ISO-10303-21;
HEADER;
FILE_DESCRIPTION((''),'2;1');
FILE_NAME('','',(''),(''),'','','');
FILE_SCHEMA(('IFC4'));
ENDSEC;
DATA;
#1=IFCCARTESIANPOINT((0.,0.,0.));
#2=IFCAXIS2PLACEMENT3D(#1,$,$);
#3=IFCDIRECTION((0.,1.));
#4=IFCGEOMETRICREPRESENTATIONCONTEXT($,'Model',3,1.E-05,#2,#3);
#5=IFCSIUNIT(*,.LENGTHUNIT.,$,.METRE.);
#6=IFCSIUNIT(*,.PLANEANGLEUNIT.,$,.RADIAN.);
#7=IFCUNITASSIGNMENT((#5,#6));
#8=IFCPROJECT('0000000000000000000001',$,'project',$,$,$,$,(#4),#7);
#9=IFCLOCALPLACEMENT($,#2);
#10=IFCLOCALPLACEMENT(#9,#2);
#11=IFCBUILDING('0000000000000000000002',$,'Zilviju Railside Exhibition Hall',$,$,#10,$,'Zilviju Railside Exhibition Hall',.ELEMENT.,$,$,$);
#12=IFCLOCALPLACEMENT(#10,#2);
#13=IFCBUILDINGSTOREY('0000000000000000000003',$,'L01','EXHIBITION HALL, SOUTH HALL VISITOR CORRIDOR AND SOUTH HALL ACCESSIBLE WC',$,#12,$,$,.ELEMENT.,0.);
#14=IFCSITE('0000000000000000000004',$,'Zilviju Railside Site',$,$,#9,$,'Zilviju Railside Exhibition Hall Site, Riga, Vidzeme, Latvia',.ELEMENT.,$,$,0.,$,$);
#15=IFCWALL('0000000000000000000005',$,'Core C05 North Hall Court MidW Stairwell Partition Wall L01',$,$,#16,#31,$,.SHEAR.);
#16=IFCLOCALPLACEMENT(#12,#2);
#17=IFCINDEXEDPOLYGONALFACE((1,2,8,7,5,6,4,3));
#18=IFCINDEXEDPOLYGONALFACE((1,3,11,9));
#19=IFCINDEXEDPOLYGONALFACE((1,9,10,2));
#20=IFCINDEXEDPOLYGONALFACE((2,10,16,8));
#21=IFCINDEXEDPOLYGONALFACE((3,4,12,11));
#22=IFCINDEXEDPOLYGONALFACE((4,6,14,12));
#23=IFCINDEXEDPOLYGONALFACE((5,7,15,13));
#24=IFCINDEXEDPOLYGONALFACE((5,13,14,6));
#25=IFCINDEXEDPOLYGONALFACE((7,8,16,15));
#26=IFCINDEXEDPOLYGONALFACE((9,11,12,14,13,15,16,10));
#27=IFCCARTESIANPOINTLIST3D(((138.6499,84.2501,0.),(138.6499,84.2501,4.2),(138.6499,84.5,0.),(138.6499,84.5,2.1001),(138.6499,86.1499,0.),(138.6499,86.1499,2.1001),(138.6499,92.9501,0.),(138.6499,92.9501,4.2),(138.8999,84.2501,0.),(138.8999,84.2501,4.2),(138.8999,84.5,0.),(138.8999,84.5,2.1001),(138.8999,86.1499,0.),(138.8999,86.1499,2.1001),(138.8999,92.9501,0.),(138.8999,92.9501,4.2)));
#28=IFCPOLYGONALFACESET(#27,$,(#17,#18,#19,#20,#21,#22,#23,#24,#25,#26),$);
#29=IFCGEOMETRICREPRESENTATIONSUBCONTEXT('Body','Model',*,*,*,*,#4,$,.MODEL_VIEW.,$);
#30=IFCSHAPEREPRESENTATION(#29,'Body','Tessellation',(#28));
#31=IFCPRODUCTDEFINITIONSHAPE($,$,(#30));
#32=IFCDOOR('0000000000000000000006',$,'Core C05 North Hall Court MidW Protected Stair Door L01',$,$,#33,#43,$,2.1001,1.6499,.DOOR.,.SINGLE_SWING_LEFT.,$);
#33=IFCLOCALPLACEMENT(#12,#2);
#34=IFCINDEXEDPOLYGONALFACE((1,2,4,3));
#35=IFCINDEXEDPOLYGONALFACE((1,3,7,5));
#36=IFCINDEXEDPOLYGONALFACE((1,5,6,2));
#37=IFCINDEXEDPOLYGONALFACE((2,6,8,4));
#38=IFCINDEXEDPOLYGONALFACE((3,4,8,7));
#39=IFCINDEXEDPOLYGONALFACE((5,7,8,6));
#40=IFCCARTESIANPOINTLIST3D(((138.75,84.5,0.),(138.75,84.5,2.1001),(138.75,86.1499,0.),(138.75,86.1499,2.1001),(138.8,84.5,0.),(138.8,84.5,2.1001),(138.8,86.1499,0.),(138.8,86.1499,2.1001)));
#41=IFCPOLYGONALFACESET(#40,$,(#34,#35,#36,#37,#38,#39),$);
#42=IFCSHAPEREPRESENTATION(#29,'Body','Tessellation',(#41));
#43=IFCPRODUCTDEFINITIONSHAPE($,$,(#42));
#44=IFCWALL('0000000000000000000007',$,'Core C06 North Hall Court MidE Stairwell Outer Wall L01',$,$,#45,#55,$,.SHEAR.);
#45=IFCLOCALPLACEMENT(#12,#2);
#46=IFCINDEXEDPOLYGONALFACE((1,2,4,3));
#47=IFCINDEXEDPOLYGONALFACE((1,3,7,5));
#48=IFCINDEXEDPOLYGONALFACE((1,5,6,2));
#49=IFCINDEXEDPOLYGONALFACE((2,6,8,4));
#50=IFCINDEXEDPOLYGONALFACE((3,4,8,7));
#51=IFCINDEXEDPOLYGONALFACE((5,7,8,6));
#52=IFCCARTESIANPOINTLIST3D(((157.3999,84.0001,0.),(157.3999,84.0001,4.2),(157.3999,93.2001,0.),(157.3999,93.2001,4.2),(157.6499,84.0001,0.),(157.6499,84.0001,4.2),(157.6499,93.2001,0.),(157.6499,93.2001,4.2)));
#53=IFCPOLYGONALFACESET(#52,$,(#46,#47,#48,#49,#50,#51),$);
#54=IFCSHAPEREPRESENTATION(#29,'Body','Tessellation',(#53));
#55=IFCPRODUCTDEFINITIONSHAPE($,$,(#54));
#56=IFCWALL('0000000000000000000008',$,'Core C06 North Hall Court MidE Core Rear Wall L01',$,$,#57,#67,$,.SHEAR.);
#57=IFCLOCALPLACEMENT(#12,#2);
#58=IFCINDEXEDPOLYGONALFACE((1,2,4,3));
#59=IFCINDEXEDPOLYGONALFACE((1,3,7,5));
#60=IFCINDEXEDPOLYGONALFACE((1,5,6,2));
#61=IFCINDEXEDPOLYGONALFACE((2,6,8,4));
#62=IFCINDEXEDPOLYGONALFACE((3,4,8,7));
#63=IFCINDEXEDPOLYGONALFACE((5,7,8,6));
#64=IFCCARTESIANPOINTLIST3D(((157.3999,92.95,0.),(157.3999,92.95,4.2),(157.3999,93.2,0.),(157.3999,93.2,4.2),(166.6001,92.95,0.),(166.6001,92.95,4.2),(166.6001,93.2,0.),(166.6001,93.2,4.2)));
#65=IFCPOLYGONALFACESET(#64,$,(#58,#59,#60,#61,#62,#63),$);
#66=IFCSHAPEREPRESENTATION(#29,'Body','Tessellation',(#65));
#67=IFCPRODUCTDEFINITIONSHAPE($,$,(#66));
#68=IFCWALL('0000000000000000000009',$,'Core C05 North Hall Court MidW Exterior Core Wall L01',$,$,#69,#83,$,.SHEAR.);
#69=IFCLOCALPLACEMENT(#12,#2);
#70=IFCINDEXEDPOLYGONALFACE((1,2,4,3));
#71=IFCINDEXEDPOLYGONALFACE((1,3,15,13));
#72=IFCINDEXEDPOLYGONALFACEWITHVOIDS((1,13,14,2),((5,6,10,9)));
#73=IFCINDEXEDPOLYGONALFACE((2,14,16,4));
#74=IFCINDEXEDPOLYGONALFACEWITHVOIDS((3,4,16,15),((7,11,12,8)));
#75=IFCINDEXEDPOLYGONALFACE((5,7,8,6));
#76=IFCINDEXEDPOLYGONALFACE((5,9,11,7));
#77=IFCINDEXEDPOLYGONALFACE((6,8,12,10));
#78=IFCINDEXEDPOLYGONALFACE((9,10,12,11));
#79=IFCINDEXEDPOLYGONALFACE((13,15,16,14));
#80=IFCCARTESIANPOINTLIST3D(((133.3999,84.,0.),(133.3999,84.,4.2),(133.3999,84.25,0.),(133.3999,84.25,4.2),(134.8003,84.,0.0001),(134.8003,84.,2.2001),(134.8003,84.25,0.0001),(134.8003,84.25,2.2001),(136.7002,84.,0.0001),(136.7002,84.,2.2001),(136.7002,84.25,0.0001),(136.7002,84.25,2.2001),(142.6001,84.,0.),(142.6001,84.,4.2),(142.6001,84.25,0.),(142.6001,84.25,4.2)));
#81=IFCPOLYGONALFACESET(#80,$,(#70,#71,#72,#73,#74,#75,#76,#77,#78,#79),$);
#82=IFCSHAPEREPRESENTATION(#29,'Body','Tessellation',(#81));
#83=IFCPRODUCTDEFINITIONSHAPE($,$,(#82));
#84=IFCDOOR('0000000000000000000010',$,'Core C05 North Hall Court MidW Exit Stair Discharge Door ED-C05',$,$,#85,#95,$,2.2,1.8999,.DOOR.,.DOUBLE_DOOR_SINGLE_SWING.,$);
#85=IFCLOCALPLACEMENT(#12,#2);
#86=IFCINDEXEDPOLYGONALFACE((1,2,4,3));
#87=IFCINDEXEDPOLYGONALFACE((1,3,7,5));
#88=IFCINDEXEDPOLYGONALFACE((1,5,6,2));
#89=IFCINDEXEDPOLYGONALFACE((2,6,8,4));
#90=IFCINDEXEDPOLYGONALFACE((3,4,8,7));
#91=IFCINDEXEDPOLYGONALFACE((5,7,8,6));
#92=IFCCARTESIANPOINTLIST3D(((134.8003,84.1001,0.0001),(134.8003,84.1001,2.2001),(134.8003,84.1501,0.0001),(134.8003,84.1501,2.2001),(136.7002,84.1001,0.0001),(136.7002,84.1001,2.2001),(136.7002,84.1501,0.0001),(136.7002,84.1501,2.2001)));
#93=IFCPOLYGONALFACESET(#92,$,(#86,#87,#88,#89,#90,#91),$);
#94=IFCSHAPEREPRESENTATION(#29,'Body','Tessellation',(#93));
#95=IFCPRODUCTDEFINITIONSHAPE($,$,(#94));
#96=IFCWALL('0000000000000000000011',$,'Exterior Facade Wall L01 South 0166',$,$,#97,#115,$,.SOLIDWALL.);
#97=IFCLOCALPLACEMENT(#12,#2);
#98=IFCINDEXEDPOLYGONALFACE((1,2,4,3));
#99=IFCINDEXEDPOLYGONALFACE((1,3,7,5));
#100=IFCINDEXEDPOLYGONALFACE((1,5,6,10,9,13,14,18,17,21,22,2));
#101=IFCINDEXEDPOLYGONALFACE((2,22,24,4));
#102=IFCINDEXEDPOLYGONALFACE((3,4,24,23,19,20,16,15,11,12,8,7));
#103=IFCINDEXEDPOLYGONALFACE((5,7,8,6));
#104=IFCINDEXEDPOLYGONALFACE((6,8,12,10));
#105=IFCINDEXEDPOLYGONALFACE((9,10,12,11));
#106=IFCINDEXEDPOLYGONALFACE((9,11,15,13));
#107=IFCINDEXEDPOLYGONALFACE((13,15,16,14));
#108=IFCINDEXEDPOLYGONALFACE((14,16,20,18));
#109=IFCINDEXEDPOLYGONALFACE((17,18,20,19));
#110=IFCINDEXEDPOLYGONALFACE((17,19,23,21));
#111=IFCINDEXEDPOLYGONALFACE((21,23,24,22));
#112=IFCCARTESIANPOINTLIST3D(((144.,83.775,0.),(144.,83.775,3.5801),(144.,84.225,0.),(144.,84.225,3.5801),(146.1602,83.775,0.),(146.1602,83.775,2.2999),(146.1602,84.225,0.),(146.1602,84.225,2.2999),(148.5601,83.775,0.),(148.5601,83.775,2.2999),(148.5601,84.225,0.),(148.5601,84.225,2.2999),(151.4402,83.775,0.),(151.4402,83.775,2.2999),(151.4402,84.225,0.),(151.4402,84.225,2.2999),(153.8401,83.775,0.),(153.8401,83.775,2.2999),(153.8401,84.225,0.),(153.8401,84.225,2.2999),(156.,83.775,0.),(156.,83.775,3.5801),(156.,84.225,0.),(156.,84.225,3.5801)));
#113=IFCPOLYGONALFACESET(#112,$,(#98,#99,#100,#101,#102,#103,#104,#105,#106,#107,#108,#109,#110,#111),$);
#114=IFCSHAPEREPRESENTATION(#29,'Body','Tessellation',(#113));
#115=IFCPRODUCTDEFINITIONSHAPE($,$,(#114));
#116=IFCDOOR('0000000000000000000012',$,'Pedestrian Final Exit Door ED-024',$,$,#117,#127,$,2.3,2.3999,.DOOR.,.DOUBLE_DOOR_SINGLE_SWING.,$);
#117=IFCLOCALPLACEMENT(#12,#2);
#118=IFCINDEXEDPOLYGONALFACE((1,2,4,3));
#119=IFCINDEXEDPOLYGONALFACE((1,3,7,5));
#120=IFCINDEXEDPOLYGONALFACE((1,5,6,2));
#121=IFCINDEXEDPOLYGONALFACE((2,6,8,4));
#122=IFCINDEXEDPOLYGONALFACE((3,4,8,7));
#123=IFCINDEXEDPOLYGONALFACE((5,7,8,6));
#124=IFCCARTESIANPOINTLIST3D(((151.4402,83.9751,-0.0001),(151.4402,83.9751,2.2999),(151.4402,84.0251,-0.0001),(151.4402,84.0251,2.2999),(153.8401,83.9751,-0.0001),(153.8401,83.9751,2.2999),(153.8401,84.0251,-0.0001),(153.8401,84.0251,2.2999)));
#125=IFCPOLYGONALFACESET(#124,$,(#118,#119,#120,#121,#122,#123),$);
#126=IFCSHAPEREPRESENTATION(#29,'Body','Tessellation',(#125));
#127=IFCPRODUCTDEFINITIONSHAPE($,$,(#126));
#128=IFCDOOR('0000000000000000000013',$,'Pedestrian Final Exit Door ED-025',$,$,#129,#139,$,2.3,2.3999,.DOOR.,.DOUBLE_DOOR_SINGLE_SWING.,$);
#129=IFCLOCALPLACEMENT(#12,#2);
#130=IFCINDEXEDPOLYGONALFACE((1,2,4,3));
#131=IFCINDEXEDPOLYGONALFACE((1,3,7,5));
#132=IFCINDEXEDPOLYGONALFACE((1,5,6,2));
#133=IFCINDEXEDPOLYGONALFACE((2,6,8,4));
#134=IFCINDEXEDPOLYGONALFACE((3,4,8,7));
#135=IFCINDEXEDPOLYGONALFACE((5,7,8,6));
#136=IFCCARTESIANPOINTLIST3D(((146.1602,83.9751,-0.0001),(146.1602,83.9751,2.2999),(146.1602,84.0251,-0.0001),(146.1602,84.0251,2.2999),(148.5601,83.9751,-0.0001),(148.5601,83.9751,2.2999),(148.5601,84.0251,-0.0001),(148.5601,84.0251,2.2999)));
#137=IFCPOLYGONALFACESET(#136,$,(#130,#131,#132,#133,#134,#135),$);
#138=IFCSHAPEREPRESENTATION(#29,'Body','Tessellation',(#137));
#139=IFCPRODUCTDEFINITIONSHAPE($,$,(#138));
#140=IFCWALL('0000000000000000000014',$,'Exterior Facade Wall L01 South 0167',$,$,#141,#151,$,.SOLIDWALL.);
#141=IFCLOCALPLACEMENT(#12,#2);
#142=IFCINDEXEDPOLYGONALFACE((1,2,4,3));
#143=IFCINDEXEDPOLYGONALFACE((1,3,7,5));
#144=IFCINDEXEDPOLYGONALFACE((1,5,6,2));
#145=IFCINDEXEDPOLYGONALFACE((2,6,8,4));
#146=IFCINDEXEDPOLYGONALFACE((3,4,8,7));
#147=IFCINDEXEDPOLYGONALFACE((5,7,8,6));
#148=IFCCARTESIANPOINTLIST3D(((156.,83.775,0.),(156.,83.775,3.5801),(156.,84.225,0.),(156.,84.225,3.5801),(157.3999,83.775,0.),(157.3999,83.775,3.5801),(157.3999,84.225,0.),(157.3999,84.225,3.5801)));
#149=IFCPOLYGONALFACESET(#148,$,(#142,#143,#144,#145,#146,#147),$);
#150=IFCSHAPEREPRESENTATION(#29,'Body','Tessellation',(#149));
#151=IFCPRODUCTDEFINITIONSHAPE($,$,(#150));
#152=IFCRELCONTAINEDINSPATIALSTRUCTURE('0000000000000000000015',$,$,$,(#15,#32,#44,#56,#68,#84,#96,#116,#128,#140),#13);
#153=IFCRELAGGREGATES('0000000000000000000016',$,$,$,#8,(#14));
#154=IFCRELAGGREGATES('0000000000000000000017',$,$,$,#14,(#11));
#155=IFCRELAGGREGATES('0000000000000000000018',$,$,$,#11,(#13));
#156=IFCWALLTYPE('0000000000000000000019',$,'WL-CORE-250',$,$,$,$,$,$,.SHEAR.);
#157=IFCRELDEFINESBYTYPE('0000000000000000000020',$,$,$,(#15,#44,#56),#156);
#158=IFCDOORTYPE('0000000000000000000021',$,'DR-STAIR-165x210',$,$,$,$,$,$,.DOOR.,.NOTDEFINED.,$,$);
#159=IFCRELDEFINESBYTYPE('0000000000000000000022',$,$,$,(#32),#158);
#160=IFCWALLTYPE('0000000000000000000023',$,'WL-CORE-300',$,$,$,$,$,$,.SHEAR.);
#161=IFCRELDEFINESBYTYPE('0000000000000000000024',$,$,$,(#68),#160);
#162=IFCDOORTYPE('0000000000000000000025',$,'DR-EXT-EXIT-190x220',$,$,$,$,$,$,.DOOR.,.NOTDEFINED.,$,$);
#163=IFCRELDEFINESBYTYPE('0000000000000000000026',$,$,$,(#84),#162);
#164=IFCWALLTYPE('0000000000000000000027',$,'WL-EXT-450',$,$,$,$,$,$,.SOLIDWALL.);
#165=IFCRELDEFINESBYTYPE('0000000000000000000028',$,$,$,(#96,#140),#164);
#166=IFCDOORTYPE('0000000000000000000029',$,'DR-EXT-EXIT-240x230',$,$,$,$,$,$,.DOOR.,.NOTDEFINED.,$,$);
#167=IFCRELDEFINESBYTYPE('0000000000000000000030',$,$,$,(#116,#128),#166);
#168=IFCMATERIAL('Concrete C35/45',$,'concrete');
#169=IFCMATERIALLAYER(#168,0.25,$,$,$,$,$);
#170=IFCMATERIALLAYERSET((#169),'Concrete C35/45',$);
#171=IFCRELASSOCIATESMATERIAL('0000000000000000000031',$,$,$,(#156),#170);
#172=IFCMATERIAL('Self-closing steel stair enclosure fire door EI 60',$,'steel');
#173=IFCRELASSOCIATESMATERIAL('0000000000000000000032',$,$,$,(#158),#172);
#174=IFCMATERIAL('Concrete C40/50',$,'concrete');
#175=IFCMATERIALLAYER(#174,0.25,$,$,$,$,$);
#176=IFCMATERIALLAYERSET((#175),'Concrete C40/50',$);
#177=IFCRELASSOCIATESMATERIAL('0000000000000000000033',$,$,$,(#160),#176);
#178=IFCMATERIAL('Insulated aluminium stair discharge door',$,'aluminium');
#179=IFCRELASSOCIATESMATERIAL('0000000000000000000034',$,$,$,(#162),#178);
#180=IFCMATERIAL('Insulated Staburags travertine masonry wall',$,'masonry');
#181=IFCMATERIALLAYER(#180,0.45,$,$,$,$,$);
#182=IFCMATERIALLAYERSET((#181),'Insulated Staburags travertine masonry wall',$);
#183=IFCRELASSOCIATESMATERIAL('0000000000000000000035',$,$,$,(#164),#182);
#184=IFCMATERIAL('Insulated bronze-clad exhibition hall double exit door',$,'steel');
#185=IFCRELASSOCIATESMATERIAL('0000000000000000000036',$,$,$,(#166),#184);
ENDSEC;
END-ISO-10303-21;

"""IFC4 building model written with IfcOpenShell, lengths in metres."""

from ifc_helpers import new_model, si_unit, direction, frame, frame_2d, origin, place, context, subcontext, project, spatial, rectangle, extrude, material, layer, layer_set, type_object, element, fill, save


model = new_model("IFC4")

# Units and contexts
model_context = context("Model", 3, precision=1e-05, world=origin(), true_north=direction((0.0, 1.0)))
body_context = subcontext(model_context, "Body", "Model", "MODEL_VIEW")
ifc_project = project(units=[si_unit("LENGTHUNIT", "METRE"), si_unit("PLANEANGLEUNIT", "RADIAN")], contexts=[model_context])

# Site, building, storey
site_placement = place(None, origin())
site = spatial("IfcSite", under=ifc_project, at=site_placement, Name="Zilviju Railside Site", LongName="Zilviju Railside Exhibition Hall Site, Riga, Vidzeme, Latvia", CompositionType="ELEMENT", RefElevation=0.0)
building_placement = place(site_placement, origin())
building = spatial("IfcBuilding", under=site, at=building_placement, Name="Zilviju Railside Exhibition Hall", LongName="Zilviju Railside Exhibition Hall", CompositionType="ELEMENT")
storey_placement = place(building_placement, origin())
storey = spatial("IfcBuildingStorey", under=building, at=storey_placement, Name="L01", Description="EXHIBITION HALL, SOUTH HALL VISITOR CORRIDOR AND SOUTH HALL ACCESSIBLE WC", CompositionType="ELEMENT", Elevation=0.0)

# Shared definitions
ifc_material_1 = material(Name="Concrete C35/45", Category="concrete")

# Wall, opening, door
ifc_layer_1 = layer(ifc_material_1, 0.25)
ifc_layer_set_1 = layer_set([ifc_layer_1], Name="Concrete C35/45")
wall_type_1 = type_object("IfcWallType", Name="WL-CORE-250", PredefinedType="SHEAR", material=ifc_layer_set_1)
wall_1_placement = place(storey_placement, frame((138.7749, 84.25, 0.0), z_axis=(0.0, 0.0, 1.0), x_axis=(0.0, 1.0, 0.0)))
wall_1 = element("IfcWall", 1, at=wall_1_placement, inside=storey, type_object=wall_type_1, Name="Core C05 North Hall Court MidW Stairwell Partition Wall L01", PredefinedType="SHEAR", context=body_context, shape_type="SweptSolid", body=[
    extrude(rectangle(XDim=8.7, YDim=0.25, at=frame_2d((4.3501, 0.0))), origin(), (0.0, 0.0, 1.0), 4.2),
])
opening_1_placement = place(wall_1_placement, frame((0.25, 0.0, 0.0)))
opening_1 = element("IfcOpeningElement", 2, at=opening_1_placement, cuts=wall_1, PredefinedType="OPENING", context=body_context, shape_type="SweptSolid", body=[
    extrude(rectangle(XDim=1.6499, YDim=2.1001, at=frame_2d((0.825, 1.05))), frame((0.0, 0.135, 0.0), z_axis=(0.0, -1.0, 0.0), x_axis=(1.0, 0.0, 0.0)), (0.0, 0.0, 1.0), 0.27),
])
ifc_material_2 = material(Name="Self-closing steel stair enclosure fire door EI 60", Category="steel")
door_type_1 = type_object("IfcDoorType", Name="DR-STAIR-165x210", OperationType="NOTDEFINED", PredefinedType="DOOR", material=ifc_material_2)
door_1_placement = place(opening_1_placement, origin())
door_1 = element("IfcDoor", 3, at=door_1_placement, inside=storey, type_object=door_type_1, Name="Core C05 North Hall Court MidW Protected Stair Door L01", OperationType="SINGLE_SWING_LEFT", OverallHeight=2.1001, OverallWidth=1.6499, PredefinedType="DOOR", context=body_context, shape_type="SweptSolid", body=[
    extrude(rectangle(XDim=1.6499, YDim=2.1001, at=frame_2d((0.825, 1.05))), frame((0.0, 0.0249, 0.0), z_axis=(0.0, -1.0, 0.0), x_axis=(1.0, 0.0, 0.0)), (0.0, 0.0, 1.0), 0.05),
])
fill(opening_1, door_1)

# Walls
wall_2_placement = place(storey_placement, frame((157.5249, 84.0, 0.0), z_axis=(0.0, 0.0, 1.0), x_axis=(0.0, 1.0, 0.0)))
element("IfcWall", 4, at=wall_2_placement, inside=storey, type_object=wall_type_1, Name="Core C06 North Hall Court MidE Stairwell Outer Wall L01", PredefinedType="SHEAR", context=body_context, shape_type="SweptSolid", body=[
    extrude(rectangle(XDim=9.2, YDim=0.25, at=frame_2d((4.6001, 0.0))), origin(), (0.0, 0.0, 1.0), 4.2),
])
wall_3_placement = place(storey_placement, frame((157.3999, 93.075, 0.0), z_axis=(0.0, 0.0, 1.0), x_axis=(1.0, 0.0, 0.0)))
element("IfcWall", 5, at=wall_3_placement, inside=storey, type_object=wall_type_1, Name="Core C06 North Hall Court MidE Core Rear Wall L01", PredefinedType="SHEAR", context=body_context, shape_type="SweptSolid", body=[
    extrude(rectangle(XDim=9.2002, YDim=0.25, at=frame_2d((4.6001, 0.0))), origin(), (0.0, 0.0, 1.0), 4.2),
])

# Wall, opening, door
ifc_material_3 = material(Name="Concrete C40/50", Category="concrete")
ifc_layer_2 = layer(ifc_material_3, 0.25)
ifc_layer_set_2 = layer_set([ifc_layer_2], Name="Concrete C40/50")
wall_type_2 = type_object("IfcWallType", Name="WL-CORE-300", PredefinedType="SHEAR", material=ifc_layer_set_2)
wall_4_placement = place(storey_placement, frame((142.6001, 84.125, 0.0), z_axis=(0.0, 0.0, 1.0), x_axis=(-1.0, 0.0, 0.0)))
wall_4 = element("IfcWall", 6, at=wall_4_placement, inside=storey, type_object=wall_type_2, Name="Core C05 North Hall Court MidW Exterior Core Wall L01", PredefinedType="SHEAR", context=body_context, shape_type="SweptSolid", body=[
    extrude(rectangle(XDim=9.2002, YDim=0.25, at=frame_2d((4.6001, 0.0))), origin(), (0.0, 0.0, 1.0), 4.2),
])
opening_2_placement = place(wall_4_placement, frame((5.8999, 0.0, 0.0)))
opening_2 = element("IfcOpeningElement", 7, at=opening_2_placement, cuts=wall_4, PredefinedType="OPENING", context=body_context, shape_type="SweptSolid", body=[
    extrude(rectangle(XDim=1.8999, YDim=2.2, at=frame_2d((0.95, 1.1001))), frame((0.0, 0.135, 0.0), z_axis=(0.0, -1.0, 0.0), x_axis=(1.0, 0.0, 0.0)), (0.0, 0.0, 1.0), 0.27),
])
ifc_material_4 = material(Name="Insulated aluminium stair discharge door", Category="aluminium")
door_type_2 = type_object("IfcDoorType", Name="DR-EXT-EXIT-190x220", OperationType="NOTDEFINED", PredefinedType="DOOR", material=ifc_material_4)
door_2_placement = place(opening_2_placement, origin())
door_2 = element("IfcDoor", 8, at=door_2_placement, inside=storey, type_object=door_type_2, Name="Core C05 North Hall Court MidW Exit Stair Discharge Door ED-C05", OperationType="DOUBLE_DOOR_SINGLE_SWING", OverallHeight=2.2, OverallWidth=1.8999, PredefinedType="DOOR", context=body_context, shape_type="SweptSolid", body=[
    extrude(rectangle(XDim=1.8999, YDim=2.2, at=frame_2d((0.95, 1.1001))), frame((0.0, 0.0249, 0.0), z_axis=(0.0, -1.0, 0.0), x_axis=(1.0, 0.0, 0.0)), (0.0, 0.0, 1.0), 0.05),
])
fill(opening_2, door_2)

# Wall, openings, doors
ifc_material_5 = material(Name="Insulated Staburags travertine masonry wall", Category="masonry")
ifc_layer_3 = layer(ifc_material_5, 0.45)
ifc_layer_set_3 = layer_set([ifc_layer_3], Name="Insulated Staburags travertine masonry wall")
wall_type_3 = type_object("IfcWallType", Name="WL-EXT-450", PredefinedType="SOLIDWALL", material=ifc_layer_set_3)
wall_5_placement = place(storey_placement, frame((156.0, 84.0, 0.0), z_axis=(0.0, 0.0, 1.0), x_axis=(-1.0, 0.0, 0.0)))
wall_5 = element("IfcWall", 9, at=wall_5_placement, inside=storey, type_object=wall_type_3, Name="Exterior Facade Wall L01 South 0166", PredefinedType="SOLIDWALL", context=body_context, shape_type="SweptSolid", body=[
    extrude(rectangle(XDim=12.0, YDim=0.45, at=frame_2d((6.0, 0.0))), origin(), (0.0, 0.0, 1.0), 3.5801),
])
opening_3_placement = place(wall_5_placement, frame((2.1599, 0.0, 0.0)))
opening_3 = element("IfcOpeningElement", 10, at=opening_3_placement, cuts=wall_5, PredefinedType="OPENING", context=body_context, shape_type="SweptSolid", body=[
    extrude(rectangle(XDim=2.3999, YDim=2.3, at=frame_2d((1.2, 1.1499))), frame((0.0, 0.2349, 0.0), z_axis=(0.0, -1.0, 0.0), x_axis=(1.0, 0.0, 0.0)), (0.0, 0.0, 1.0), 0.47),
])
opening_4_placement = place(wall_5_placement, frame((7.4399, 0.0, 0.0)))
opening_4 = element("IfcOpeningElement", 11, at=opening_4_placement, cuts=wall_5, PredefinedType="OPENING", context=body_context, shape_type="SweptSolid", body=[
    extrude(rectangle(XDim=2.3999, YDim=2.3, at=frame_2d((1.2, 1.1499))), frame((0.0, 0.2349, 0.0), z_axis=(0.0, -1.0, 0.0), x_axis=(1.0, 0.0, 0.0)), (0.0, 0.0, 1.0), 0.47),
])
ifc_material_6 = material(Name="Insulated bronze-clad exhibition hall double exit door", Category="steel")
door_type_3 = type_object("IfcDoorType", Name="DR-EXT-EXIT-240x230", OperationType="NOTDEFINED", PredefinedType="DOOR", material=ifc_material_6)
door_3_placement = place(opening_3_placement, origin())
door_3 = element("IfcDoor", 12, at=door_3_placement, inside=storey, type_object=door_type_3, Name="Pedestrian Final Exit Door ED-024", OperationType="DOUBLE_DOOR_SINGLE_SWING", OverallHeight=2.3, OverallWidth=2.3999, PredefinedType="DOOR", context=body_context, shape_type="SweptSolid", body=[
    extrude(rectangle(XDim=2.3999, YDim=2.3, at=frame_2d((1.2, 1.1499))), frame((0.0, 0.0249, 0.0), z_axis=(0.0, -1.0, 0.0), x_axis=(1.0, 0.0, 0.0)), (0.0, 0.0, 1.0), 0.05),
])
fill(opening_3, door_3)
door_4_placement = place(opening_4_placement, origin())
door_4 = element("IfcDoor", 13, at=door_4_placement, inside=storey, type_object=door_type_3, Name="Pedestrian Final Exit Door ED-025", OperationType="DOUBLE_DOOR_SINGLE_SWING", OverallHeight=2.3, OverallWidth=2.3999, PredefinedType="DOOR", context=body_context, shape_type="SweptSolid", body=[
    extrude(rectangle(XDim=2.3999, YDim=2.3, at=frame_2d((1.2, 1.1499))), frame((0.0, 0.0249, 0.0), z_axis=(0.0, -1.0, 0.0), x_axis=(1.0, 0.0, 0.0)), (0.0, 0.0, 1.0), 0.05),
])
fill(opening_4, door_4)

# Wall
wall_6_placement = place(storey_placement, frame((157.3999, 84.0, 0.0), z_axis=(0.0, 0.0, 1.0), x_axis=(-1.0, 0.0, 0.0)))
element("IfcWall", 14, at=wall_6_placement, inside=storey, type_object=wall_type_3, Name="Exterior Facade Wall L01 South 0167", PredefinedType="SOLIDWALL", context=body_context, shape_type="SweptSolid", body=[
    extrude(rectangle(XDim=1.3999, YDim=0.45, at=frame_2d((0.7, 0.0))), origin(), (0.0, 0.0, 1.0), 3.5801),
])

save(model, "model.ifc")
